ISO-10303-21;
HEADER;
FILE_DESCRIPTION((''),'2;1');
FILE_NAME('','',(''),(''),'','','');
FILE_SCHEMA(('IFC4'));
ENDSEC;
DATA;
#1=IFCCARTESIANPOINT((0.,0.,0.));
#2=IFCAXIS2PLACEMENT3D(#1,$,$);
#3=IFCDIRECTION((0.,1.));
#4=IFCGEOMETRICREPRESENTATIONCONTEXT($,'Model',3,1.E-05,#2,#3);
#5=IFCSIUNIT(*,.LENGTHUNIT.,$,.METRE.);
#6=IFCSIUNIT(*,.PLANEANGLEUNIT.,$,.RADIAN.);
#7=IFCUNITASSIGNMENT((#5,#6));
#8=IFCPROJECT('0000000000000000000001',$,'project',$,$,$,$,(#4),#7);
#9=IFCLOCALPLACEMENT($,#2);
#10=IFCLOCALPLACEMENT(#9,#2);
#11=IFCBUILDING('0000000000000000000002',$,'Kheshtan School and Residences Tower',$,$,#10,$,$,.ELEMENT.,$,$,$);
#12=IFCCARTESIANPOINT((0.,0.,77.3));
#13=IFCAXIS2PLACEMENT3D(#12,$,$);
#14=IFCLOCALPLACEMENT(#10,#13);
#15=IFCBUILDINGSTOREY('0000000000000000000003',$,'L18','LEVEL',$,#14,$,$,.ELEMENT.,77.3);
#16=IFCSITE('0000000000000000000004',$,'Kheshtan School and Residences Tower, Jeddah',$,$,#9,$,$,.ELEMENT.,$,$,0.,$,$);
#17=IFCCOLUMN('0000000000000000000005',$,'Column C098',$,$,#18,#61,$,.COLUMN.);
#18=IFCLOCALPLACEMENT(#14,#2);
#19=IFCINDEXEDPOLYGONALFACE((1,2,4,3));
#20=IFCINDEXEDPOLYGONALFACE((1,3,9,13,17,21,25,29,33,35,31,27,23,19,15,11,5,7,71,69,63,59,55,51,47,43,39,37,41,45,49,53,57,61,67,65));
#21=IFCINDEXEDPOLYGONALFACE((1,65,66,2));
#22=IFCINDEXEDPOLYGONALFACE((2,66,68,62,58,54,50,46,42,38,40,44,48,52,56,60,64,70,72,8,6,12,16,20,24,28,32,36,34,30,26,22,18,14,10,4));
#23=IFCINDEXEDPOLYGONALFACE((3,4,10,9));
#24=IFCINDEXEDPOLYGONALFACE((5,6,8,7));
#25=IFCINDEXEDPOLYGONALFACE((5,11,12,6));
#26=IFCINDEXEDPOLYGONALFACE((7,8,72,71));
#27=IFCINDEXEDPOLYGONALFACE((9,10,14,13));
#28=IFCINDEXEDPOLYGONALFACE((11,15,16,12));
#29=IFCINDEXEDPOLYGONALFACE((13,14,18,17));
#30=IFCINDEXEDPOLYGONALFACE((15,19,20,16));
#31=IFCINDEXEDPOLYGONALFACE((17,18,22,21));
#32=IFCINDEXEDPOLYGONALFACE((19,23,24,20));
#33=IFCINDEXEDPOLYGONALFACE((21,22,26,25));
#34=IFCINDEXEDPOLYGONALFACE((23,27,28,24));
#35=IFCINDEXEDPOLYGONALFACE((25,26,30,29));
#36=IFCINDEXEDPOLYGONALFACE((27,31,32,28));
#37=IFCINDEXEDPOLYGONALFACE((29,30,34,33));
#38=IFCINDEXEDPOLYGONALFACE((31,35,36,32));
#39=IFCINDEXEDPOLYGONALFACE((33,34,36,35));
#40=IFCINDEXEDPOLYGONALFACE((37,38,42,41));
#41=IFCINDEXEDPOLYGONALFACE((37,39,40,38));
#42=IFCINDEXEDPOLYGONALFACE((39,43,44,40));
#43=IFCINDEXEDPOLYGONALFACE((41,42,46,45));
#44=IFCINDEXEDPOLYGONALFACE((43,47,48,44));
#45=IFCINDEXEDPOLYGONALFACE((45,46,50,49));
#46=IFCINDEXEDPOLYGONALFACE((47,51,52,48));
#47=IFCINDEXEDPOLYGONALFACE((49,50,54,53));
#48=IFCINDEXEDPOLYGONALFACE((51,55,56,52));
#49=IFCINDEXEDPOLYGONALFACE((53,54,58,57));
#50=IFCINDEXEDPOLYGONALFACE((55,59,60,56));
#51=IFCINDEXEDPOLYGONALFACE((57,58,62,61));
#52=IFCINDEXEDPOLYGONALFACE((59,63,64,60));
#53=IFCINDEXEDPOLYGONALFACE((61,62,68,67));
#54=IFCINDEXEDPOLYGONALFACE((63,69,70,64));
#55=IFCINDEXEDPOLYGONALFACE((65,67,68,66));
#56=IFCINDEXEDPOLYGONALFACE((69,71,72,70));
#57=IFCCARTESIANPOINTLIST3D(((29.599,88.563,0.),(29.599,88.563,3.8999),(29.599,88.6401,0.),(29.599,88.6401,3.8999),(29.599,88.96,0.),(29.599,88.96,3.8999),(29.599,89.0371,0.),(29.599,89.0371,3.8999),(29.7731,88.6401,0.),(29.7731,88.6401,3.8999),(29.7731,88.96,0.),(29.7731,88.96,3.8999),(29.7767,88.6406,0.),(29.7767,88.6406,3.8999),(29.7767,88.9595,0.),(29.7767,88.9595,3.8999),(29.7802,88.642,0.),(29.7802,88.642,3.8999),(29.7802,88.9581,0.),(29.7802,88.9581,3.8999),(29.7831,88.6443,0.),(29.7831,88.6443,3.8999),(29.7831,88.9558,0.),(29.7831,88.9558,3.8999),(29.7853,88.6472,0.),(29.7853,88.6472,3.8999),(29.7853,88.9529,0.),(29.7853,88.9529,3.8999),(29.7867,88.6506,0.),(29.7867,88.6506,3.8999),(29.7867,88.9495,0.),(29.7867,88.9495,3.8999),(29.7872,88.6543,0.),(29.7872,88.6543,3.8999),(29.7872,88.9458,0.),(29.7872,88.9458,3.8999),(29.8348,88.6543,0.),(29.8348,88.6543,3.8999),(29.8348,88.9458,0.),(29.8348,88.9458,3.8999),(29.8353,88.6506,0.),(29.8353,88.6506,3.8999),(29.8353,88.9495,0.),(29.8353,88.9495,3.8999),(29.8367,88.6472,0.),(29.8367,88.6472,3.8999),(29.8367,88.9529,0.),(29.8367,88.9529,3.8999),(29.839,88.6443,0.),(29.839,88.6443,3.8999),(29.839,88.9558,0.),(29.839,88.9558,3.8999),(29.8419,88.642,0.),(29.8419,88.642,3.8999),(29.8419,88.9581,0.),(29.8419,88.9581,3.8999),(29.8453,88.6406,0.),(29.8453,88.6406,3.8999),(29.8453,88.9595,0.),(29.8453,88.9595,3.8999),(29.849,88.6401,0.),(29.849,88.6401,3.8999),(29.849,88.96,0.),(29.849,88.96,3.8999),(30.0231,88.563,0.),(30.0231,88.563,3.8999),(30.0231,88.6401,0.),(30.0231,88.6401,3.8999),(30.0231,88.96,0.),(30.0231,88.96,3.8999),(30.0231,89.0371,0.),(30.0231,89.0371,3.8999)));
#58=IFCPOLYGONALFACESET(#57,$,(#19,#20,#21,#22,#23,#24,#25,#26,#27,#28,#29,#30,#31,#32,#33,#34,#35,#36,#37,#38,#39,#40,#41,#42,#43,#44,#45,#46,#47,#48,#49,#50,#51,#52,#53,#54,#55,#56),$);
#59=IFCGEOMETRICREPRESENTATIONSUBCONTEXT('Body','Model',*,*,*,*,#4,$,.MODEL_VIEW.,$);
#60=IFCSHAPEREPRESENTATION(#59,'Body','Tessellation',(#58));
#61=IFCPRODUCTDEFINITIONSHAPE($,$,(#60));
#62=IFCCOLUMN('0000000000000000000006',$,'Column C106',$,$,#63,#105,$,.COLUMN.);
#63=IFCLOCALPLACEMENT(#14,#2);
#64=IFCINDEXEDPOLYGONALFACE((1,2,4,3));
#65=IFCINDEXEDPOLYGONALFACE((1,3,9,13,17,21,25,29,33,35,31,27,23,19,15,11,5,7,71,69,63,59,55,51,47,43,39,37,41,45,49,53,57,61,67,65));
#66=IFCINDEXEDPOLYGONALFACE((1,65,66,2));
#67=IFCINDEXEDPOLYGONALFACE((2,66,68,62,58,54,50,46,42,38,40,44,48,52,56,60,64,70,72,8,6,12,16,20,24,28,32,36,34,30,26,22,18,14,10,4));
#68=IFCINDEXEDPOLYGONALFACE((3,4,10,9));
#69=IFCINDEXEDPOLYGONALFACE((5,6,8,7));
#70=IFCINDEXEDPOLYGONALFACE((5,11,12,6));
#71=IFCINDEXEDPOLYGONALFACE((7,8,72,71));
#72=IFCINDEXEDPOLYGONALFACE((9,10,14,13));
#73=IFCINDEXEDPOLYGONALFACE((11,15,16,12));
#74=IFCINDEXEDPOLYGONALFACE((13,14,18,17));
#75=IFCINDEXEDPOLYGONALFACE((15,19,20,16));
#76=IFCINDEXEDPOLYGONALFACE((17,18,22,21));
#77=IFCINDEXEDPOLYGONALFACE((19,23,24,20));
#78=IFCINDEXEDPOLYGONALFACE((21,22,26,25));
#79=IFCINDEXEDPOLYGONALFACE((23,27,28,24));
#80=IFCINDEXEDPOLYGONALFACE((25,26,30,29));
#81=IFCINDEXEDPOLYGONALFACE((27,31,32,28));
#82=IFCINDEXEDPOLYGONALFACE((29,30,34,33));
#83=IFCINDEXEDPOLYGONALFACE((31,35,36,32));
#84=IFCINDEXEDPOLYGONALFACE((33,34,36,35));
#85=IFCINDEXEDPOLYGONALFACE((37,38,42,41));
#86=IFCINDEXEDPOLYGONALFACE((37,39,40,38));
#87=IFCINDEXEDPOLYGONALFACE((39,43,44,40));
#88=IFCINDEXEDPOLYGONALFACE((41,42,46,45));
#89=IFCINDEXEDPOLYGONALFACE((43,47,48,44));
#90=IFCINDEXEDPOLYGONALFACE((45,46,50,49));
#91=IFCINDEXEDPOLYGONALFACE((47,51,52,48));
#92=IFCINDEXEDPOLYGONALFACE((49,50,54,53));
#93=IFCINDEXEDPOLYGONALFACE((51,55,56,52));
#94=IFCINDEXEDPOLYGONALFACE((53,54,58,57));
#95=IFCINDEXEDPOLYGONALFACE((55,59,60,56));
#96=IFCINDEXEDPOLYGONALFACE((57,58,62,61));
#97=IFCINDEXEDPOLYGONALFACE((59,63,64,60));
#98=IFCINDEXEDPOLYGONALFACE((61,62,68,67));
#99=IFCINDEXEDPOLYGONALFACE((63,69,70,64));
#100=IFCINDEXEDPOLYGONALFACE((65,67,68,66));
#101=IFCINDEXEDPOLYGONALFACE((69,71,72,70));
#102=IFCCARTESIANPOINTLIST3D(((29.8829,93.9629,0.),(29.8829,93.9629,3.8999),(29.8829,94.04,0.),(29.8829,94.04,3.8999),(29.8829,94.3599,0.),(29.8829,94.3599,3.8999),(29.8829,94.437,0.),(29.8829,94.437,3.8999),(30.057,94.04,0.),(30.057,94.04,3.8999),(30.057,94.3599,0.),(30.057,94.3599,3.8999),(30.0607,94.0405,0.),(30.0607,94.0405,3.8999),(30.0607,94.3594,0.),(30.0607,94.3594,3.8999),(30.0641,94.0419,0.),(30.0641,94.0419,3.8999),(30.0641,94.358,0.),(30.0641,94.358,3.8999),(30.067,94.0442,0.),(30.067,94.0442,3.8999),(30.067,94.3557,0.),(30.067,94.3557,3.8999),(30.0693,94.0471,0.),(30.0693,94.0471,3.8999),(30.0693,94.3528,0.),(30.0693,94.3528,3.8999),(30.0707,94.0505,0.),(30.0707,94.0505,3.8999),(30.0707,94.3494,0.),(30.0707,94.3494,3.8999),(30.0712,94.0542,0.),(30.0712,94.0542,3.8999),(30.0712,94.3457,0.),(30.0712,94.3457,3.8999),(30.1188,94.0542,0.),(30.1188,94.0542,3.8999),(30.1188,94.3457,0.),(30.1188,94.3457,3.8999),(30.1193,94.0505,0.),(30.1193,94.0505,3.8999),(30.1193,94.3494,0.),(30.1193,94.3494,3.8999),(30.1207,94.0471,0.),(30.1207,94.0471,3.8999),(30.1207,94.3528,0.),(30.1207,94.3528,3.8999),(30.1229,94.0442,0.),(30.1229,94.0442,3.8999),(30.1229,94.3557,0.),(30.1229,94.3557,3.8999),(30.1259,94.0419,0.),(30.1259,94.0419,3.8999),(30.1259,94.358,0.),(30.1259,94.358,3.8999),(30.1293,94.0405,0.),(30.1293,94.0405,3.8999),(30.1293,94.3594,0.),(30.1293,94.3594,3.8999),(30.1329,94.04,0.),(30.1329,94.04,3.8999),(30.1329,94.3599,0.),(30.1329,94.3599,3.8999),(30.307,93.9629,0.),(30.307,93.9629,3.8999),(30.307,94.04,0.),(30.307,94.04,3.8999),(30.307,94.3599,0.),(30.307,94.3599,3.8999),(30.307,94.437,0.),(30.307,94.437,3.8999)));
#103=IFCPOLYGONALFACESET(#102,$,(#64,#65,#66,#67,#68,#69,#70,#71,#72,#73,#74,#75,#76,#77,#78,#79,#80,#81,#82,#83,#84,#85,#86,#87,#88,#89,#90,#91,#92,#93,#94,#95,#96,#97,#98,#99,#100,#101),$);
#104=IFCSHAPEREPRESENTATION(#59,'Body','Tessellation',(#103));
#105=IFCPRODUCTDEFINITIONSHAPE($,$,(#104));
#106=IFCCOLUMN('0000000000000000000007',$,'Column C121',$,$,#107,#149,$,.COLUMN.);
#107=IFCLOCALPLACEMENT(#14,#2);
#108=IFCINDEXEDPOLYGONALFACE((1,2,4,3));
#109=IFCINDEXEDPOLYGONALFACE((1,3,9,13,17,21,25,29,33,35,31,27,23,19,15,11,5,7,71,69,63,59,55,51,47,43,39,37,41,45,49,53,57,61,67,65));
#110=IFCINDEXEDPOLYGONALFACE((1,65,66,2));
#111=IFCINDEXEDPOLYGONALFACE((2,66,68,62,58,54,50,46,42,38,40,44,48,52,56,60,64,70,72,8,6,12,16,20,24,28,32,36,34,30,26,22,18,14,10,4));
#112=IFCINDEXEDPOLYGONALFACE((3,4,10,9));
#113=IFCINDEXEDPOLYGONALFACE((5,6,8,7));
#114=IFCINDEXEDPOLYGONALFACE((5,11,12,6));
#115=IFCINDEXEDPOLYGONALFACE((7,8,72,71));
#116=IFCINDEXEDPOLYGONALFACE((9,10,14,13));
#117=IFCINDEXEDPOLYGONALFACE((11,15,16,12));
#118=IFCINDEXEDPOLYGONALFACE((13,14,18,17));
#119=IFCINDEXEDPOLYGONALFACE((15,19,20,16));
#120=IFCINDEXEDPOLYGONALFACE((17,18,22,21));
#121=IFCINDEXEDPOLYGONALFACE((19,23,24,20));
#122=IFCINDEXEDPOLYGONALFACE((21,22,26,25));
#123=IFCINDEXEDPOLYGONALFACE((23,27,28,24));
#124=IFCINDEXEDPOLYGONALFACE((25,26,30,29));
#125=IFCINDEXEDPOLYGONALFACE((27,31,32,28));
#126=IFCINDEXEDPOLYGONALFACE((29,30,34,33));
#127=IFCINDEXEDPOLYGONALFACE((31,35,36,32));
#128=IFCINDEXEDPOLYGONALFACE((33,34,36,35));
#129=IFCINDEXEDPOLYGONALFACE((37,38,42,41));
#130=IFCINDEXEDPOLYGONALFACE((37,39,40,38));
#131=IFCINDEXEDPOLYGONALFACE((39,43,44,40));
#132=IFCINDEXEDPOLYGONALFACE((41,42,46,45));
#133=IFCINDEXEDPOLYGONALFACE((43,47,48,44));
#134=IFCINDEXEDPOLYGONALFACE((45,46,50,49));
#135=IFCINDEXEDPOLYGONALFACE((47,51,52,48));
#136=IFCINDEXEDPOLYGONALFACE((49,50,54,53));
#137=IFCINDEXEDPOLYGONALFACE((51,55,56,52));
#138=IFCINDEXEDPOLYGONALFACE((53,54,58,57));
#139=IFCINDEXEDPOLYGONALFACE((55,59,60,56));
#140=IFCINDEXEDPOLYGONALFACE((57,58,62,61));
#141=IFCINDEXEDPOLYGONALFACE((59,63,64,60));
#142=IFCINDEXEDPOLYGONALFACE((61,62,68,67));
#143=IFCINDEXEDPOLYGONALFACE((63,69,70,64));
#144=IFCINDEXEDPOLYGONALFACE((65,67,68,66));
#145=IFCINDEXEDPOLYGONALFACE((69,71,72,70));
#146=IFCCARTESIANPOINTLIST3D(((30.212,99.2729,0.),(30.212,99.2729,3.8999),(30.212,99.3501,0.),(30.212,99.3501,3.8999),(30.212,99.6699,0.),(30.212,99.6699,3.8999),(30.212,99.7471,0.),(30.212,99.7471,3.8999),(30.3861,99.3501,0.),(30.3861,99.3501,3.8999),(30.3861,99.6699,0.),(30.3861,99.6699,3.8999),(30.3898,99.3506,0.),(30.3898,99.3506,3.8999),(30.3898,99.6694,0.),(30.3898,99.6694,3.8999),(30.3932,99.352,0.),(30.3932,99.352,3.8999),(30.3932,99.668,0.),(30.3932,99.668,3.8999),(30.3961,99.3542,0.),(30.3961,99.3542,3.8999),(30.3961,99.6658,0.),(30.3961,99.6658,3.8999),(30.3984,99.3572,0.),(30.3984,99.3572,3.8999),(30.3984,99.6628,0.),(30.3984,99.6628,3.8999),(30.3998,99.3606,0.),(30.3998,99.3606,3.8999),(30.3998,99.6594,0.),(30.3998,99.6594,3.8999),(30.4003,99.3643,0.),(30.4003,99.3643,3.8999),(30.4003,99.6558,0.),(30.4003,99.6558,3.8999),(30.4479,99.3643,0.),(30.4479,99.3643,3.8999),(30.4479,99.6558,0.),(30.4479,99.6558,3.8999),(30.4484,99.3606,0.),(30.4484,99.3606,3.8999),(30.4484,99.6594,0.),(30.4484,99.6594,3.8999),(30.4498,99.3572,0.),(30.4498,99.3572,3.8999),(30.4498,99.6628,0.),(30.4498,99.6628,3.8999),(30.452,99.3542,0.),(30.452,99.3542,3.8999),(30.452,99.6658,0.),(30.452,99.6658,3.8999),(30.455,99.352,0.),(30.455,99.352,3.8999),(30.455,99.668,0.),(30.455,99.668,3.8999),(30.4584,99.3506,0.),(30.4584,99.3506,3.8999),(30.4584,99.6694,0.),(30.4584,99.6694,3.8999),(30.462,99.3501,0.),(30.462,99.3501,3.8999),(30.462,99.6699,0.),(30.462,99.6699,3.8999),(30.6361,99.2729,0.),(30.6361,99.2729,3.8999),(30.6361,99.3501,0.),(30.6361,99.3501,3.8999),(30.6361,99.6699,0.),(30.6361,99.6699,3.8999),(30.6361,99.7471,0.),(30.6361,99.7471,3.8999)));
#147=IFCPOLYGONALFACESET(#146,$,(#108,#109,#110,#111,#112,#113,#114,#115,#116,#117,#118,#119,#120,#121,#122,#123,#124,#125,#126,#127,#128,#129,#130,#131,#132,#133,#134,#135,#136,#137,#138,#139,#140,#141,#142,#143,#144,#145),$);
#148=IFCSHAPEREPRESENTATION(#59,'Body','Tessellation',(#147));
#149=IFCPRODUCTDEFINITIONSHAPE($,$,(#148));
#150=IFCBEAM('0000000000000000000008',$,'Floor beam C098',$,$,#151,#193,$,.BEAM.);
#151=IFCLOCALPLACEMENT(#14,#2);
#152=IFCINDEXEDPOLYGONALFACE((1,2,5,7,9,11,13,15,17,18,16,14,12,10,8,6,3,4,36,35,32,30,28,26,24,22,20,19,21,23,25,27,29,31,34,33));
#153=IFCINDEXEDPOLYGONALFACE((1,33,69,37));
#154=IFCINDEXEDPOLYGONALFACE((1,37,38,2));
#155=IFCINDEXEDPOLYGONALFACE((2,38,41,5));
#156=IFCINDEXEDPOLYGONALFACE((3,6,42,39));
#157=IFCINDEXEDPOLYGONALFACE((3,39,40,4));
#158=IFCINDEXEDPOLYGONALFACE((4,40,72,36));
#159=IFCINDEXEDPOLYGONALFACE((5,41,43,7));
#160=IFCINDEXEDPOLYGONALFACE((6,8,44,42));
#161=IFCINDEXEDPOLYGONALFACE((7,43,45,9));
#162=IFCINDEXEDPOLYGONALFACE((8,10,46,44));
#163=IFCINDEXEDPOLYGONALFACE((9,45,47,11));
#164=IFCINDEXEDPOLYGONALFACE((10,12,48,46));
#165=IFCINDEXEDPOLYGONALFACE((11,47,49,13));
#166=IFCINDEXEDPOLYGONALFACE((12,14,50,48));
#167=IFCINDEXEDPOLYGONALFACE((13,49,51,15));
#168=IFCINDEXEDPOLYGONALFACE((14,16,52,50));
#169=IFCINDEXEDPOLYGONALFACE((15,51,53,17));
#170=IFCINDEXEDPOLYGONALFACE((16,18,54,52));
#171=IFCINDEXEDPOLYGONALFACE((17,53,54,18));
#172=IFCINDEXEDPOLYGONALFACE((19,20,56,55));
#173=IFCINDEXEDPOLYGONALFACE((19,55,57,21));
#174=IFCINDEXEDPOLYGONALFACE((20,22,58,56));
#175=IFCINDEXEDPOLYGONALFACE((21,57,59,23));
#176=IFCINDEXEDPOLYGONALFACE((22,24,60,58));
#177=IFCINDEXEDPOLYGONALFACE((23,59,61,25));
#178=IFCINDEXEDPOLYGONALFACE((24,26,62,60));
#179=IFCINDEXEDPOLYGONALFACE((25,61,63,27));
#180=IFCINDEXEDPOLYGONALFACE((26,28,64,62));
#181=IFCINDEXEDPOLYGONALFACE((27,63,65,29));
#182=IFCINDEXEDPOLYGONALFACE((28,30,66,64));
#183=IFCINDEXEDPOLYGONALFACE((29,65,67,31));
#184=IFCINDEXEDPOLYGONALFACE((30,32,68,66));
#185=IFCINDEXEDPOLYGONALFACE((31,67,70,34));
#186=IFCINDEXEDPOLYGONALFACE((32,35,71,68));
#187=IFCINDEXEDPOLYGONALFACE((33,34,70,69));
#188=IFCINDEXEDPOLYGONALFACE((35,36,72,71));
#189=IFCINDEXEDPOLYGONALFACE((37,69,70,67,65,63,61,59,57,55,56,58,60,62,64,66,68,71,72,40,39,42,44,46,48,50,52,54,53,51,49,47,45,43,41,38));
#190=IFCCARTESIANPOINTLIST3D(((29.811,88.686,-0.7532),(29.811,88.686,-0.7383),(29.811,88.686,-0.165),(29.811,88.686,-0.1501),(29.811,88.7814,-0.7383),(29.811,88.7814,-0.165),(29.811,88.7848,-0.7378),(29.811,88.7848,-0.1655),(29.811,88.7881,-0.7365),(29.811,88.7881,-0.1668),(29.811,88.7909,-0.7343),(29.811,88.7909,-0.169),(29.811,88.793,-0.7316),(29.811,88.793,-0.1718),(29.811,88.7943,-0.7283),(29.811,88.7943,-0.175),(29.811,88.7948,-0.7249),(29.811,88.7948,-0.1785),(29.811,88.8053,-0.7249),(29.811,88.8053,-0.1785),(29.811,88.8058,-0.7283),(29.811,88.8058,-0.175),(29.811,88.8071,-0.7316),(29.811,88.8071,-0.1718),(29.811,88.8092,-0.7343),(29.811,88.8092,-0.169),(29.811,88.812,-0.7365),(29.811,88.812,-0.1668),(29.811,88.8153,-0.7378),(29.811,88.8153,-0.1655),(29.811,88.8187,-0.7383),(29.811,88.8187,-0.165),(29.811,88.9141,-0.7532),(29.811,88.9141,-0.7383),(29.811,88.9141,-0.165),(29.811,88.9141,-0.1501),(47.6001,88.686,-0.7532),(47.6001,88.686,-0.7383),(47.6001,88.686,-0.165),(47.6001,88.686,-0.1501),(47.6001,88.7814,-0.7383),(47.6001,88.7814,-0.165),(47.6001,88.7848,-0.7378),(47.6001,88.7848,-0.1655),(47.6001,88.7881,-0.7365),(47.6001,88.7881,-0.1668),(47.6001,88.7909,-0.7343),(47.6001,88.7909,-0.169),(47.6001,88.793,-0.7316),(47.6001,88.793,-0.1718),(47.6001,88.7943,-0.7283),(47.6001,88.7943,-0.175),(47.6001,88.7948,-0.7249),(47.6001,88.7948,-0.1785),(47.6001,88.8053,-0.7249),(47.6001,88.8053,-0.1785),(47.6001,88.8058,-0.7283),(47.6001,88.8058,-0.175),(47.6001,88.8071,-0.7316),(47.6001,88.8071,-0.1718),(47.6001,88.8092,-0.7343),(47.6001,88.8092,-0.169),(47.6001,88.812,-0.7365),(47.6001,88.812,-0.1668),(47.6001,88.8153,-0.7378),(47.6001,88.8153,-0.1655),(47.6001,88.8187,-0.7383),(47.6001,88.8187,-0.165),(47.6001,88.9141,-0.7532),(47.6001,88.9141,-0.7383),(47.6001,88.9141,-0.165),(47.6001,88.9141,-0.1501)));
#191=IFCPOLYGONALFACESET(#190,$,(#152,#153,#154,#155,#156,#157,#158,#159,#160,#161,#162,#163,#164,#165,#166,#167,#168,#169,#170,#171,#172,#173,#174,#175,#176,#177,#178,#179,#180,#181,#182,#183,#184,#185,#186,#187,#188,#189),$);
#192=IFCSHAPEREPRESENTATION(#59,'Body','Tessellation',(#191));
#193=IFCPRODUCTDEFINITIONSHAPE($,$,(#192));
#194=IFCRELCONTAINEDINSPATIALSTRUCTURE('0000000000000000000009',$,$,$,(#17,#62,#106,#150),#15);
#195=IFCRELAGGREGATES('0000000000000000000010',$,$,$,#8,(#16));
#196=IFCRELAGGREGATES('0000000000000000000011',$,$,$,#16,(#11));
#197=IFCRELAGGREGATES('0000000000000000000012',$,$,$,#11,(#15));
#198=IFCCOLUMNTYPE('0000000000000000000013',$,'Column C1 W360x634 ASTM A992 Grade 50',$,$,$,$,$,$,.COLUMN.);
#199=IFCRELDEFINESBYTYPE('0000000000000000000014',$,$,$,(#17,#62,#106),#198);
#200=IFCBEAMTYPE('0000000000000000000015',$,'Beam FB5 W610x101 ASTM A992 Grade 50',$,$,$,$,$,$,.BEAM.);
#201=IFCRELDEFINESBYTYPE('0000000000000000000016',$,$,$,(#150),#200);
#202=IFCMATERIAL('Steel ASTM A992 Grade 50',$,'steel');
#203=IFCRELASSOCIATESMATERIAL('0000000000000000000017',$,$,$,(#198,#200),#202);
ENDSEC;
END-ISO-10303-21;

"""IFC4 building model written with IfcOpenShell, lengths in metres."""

from ifc_helpers import new_model, si_unit, direction, frame, origin, origin_2d, place, context, subcontext, project, spatial, i_section, extrude, material, material_profile, profile_set, type_object, element, save


model = new_model("IFC4")

# Units and contexts
model_context = context("Model", 3, precision=1e-05, world=origin(), true_north=direction((0.0, 1.0)))
body_context = subcontext(model_context, "Body", "Model", "MODEL_VIEW")
ifc_project = project(units=[si_unit("LENGTHUNIT", "METRE"), si_unit("PLANEANGLEUNIT", "RADIAN")], contexts=[model_context])

# Site, building, storey
site_placement = place(None, origin())
site = spatial("IfcSite", under=ifc_project, at=site_placement, Name="Kheshtan School and Residences Tower, Jeddah", CompositionType="ELEMENT", RefElevation=0.0)
building_placement = place(site_placement, origin())
building = spatial("IfcBuilding", under=site, at=building_placement, Name="Kheshtan School and Residences Tower", CompositionType="ELEMENT")
storey_placement = place(building_placement, frame((0.0, 0.0, 77.3)))
storey = spatial("IfcBuildingStorey", under=building, at=storey_placement, Name="L18", Description="LEVEL", CompositionType="ELEMENT", Elevation=77.3)

# Columns
ifc_material_1 = material(Name="Steel ASTM A992 Grade 50", Category="steel")
ifc_material_profile_1 = material_profile(ifc_material_1, i_section(OverallWidth=0.4241, OverallDepth=0.4741, WebThickness=0.0476, FlangeThickness=0.0771, FilletRadius=0.0142, at=origin_2d()), Name="W360x634")
ifc_profile_set_1 = profile_set([ifc_material_profile_1], Name="Steel ASTM A992 Grade 50")
column_type = type_object("IfcColumnType", Name="Column C1 W360x634 ASTM A992 Grade 50", PredefinedType="COLUMN", material=ifc_profile_set_1)
for number, where, z_axis, x_axis, name in (
    (1, (29.811, 88.8, 0.0), (0.0, 0.0, 1.0), (1.0, 0.0, 0.0), "Column C098"),
    (2, (30.095, 94.2, 0.0), (0.0, 0.0, 1.0), (1.0, 0.0, 0.0), "Column C106"),
    (3, (30.4241, 99.51, 0.0), (0.0, 0.0, 1.0), (1.0, 0.0, 0.0), "Column C121"),
):
    element("IfcColumn", number, at=place(storey_placement, frame(where, z_axis=z_axis, x_axis=x_axis)), inside=storey, type_object=column_type, Name=name, PredefinedType="COLUMN", context=body_context, shape_type="SweptSolid", body=[
        extrude(i_section(OverallWidth=0.4241, OverallDepth=0.4741, WebThickness=0.0476, FlangeThickness=0.0771, FilletRadius=0.0142, at=origin_2d()), origin(), (0.0, 0.0, 1.0), 3.8999),
    ])

# Beam
ifc_material_profile_2 = material_profile(ifc_material_1, i_section(OverallWidth=0.228, OverallDepth=0.603, WebThickness=0.0105, FlangeThickness=0.0149, FilletRadius=0.0134, at=origin_2d()), Name="W610x101")
ifc_profile_set_2 = profile_set([ifc_material_profile_2], Name="Steel ASTM A992 Grade 50")
beam_type_1 = type_object("IfcBeamType", Name="Beam FB5 W610x101 ASTM A992 Grade 50", PredefinedType="BEAM", material=ifc_profile_set_2)
beam_1_placement = place(storey_placement, frame((29.811, 88.8, -0.4517), z_axis=(1.0, 0.0, 0.0), x_axis=(0.0, 1.0, 0.0)))
element("IfcBeam", 4, at=beam_1_placement, inside=storey, type_object=beam_type_1, Name="Floor beam C098", PredefinedType="BEAM", context=body_context, shape_type="SweptSolid", body=[
    extrude(i_section(OverallWidth=0.228, OverallDepth=0.603, WebThickness=0.0105, FlangeThickness=0.0149, FilletRadius=0.0134, at=origin_2d()), origin(), (0.0, 0.0, 1.0), 17.7891),
])

save(model, "model.ifc")
